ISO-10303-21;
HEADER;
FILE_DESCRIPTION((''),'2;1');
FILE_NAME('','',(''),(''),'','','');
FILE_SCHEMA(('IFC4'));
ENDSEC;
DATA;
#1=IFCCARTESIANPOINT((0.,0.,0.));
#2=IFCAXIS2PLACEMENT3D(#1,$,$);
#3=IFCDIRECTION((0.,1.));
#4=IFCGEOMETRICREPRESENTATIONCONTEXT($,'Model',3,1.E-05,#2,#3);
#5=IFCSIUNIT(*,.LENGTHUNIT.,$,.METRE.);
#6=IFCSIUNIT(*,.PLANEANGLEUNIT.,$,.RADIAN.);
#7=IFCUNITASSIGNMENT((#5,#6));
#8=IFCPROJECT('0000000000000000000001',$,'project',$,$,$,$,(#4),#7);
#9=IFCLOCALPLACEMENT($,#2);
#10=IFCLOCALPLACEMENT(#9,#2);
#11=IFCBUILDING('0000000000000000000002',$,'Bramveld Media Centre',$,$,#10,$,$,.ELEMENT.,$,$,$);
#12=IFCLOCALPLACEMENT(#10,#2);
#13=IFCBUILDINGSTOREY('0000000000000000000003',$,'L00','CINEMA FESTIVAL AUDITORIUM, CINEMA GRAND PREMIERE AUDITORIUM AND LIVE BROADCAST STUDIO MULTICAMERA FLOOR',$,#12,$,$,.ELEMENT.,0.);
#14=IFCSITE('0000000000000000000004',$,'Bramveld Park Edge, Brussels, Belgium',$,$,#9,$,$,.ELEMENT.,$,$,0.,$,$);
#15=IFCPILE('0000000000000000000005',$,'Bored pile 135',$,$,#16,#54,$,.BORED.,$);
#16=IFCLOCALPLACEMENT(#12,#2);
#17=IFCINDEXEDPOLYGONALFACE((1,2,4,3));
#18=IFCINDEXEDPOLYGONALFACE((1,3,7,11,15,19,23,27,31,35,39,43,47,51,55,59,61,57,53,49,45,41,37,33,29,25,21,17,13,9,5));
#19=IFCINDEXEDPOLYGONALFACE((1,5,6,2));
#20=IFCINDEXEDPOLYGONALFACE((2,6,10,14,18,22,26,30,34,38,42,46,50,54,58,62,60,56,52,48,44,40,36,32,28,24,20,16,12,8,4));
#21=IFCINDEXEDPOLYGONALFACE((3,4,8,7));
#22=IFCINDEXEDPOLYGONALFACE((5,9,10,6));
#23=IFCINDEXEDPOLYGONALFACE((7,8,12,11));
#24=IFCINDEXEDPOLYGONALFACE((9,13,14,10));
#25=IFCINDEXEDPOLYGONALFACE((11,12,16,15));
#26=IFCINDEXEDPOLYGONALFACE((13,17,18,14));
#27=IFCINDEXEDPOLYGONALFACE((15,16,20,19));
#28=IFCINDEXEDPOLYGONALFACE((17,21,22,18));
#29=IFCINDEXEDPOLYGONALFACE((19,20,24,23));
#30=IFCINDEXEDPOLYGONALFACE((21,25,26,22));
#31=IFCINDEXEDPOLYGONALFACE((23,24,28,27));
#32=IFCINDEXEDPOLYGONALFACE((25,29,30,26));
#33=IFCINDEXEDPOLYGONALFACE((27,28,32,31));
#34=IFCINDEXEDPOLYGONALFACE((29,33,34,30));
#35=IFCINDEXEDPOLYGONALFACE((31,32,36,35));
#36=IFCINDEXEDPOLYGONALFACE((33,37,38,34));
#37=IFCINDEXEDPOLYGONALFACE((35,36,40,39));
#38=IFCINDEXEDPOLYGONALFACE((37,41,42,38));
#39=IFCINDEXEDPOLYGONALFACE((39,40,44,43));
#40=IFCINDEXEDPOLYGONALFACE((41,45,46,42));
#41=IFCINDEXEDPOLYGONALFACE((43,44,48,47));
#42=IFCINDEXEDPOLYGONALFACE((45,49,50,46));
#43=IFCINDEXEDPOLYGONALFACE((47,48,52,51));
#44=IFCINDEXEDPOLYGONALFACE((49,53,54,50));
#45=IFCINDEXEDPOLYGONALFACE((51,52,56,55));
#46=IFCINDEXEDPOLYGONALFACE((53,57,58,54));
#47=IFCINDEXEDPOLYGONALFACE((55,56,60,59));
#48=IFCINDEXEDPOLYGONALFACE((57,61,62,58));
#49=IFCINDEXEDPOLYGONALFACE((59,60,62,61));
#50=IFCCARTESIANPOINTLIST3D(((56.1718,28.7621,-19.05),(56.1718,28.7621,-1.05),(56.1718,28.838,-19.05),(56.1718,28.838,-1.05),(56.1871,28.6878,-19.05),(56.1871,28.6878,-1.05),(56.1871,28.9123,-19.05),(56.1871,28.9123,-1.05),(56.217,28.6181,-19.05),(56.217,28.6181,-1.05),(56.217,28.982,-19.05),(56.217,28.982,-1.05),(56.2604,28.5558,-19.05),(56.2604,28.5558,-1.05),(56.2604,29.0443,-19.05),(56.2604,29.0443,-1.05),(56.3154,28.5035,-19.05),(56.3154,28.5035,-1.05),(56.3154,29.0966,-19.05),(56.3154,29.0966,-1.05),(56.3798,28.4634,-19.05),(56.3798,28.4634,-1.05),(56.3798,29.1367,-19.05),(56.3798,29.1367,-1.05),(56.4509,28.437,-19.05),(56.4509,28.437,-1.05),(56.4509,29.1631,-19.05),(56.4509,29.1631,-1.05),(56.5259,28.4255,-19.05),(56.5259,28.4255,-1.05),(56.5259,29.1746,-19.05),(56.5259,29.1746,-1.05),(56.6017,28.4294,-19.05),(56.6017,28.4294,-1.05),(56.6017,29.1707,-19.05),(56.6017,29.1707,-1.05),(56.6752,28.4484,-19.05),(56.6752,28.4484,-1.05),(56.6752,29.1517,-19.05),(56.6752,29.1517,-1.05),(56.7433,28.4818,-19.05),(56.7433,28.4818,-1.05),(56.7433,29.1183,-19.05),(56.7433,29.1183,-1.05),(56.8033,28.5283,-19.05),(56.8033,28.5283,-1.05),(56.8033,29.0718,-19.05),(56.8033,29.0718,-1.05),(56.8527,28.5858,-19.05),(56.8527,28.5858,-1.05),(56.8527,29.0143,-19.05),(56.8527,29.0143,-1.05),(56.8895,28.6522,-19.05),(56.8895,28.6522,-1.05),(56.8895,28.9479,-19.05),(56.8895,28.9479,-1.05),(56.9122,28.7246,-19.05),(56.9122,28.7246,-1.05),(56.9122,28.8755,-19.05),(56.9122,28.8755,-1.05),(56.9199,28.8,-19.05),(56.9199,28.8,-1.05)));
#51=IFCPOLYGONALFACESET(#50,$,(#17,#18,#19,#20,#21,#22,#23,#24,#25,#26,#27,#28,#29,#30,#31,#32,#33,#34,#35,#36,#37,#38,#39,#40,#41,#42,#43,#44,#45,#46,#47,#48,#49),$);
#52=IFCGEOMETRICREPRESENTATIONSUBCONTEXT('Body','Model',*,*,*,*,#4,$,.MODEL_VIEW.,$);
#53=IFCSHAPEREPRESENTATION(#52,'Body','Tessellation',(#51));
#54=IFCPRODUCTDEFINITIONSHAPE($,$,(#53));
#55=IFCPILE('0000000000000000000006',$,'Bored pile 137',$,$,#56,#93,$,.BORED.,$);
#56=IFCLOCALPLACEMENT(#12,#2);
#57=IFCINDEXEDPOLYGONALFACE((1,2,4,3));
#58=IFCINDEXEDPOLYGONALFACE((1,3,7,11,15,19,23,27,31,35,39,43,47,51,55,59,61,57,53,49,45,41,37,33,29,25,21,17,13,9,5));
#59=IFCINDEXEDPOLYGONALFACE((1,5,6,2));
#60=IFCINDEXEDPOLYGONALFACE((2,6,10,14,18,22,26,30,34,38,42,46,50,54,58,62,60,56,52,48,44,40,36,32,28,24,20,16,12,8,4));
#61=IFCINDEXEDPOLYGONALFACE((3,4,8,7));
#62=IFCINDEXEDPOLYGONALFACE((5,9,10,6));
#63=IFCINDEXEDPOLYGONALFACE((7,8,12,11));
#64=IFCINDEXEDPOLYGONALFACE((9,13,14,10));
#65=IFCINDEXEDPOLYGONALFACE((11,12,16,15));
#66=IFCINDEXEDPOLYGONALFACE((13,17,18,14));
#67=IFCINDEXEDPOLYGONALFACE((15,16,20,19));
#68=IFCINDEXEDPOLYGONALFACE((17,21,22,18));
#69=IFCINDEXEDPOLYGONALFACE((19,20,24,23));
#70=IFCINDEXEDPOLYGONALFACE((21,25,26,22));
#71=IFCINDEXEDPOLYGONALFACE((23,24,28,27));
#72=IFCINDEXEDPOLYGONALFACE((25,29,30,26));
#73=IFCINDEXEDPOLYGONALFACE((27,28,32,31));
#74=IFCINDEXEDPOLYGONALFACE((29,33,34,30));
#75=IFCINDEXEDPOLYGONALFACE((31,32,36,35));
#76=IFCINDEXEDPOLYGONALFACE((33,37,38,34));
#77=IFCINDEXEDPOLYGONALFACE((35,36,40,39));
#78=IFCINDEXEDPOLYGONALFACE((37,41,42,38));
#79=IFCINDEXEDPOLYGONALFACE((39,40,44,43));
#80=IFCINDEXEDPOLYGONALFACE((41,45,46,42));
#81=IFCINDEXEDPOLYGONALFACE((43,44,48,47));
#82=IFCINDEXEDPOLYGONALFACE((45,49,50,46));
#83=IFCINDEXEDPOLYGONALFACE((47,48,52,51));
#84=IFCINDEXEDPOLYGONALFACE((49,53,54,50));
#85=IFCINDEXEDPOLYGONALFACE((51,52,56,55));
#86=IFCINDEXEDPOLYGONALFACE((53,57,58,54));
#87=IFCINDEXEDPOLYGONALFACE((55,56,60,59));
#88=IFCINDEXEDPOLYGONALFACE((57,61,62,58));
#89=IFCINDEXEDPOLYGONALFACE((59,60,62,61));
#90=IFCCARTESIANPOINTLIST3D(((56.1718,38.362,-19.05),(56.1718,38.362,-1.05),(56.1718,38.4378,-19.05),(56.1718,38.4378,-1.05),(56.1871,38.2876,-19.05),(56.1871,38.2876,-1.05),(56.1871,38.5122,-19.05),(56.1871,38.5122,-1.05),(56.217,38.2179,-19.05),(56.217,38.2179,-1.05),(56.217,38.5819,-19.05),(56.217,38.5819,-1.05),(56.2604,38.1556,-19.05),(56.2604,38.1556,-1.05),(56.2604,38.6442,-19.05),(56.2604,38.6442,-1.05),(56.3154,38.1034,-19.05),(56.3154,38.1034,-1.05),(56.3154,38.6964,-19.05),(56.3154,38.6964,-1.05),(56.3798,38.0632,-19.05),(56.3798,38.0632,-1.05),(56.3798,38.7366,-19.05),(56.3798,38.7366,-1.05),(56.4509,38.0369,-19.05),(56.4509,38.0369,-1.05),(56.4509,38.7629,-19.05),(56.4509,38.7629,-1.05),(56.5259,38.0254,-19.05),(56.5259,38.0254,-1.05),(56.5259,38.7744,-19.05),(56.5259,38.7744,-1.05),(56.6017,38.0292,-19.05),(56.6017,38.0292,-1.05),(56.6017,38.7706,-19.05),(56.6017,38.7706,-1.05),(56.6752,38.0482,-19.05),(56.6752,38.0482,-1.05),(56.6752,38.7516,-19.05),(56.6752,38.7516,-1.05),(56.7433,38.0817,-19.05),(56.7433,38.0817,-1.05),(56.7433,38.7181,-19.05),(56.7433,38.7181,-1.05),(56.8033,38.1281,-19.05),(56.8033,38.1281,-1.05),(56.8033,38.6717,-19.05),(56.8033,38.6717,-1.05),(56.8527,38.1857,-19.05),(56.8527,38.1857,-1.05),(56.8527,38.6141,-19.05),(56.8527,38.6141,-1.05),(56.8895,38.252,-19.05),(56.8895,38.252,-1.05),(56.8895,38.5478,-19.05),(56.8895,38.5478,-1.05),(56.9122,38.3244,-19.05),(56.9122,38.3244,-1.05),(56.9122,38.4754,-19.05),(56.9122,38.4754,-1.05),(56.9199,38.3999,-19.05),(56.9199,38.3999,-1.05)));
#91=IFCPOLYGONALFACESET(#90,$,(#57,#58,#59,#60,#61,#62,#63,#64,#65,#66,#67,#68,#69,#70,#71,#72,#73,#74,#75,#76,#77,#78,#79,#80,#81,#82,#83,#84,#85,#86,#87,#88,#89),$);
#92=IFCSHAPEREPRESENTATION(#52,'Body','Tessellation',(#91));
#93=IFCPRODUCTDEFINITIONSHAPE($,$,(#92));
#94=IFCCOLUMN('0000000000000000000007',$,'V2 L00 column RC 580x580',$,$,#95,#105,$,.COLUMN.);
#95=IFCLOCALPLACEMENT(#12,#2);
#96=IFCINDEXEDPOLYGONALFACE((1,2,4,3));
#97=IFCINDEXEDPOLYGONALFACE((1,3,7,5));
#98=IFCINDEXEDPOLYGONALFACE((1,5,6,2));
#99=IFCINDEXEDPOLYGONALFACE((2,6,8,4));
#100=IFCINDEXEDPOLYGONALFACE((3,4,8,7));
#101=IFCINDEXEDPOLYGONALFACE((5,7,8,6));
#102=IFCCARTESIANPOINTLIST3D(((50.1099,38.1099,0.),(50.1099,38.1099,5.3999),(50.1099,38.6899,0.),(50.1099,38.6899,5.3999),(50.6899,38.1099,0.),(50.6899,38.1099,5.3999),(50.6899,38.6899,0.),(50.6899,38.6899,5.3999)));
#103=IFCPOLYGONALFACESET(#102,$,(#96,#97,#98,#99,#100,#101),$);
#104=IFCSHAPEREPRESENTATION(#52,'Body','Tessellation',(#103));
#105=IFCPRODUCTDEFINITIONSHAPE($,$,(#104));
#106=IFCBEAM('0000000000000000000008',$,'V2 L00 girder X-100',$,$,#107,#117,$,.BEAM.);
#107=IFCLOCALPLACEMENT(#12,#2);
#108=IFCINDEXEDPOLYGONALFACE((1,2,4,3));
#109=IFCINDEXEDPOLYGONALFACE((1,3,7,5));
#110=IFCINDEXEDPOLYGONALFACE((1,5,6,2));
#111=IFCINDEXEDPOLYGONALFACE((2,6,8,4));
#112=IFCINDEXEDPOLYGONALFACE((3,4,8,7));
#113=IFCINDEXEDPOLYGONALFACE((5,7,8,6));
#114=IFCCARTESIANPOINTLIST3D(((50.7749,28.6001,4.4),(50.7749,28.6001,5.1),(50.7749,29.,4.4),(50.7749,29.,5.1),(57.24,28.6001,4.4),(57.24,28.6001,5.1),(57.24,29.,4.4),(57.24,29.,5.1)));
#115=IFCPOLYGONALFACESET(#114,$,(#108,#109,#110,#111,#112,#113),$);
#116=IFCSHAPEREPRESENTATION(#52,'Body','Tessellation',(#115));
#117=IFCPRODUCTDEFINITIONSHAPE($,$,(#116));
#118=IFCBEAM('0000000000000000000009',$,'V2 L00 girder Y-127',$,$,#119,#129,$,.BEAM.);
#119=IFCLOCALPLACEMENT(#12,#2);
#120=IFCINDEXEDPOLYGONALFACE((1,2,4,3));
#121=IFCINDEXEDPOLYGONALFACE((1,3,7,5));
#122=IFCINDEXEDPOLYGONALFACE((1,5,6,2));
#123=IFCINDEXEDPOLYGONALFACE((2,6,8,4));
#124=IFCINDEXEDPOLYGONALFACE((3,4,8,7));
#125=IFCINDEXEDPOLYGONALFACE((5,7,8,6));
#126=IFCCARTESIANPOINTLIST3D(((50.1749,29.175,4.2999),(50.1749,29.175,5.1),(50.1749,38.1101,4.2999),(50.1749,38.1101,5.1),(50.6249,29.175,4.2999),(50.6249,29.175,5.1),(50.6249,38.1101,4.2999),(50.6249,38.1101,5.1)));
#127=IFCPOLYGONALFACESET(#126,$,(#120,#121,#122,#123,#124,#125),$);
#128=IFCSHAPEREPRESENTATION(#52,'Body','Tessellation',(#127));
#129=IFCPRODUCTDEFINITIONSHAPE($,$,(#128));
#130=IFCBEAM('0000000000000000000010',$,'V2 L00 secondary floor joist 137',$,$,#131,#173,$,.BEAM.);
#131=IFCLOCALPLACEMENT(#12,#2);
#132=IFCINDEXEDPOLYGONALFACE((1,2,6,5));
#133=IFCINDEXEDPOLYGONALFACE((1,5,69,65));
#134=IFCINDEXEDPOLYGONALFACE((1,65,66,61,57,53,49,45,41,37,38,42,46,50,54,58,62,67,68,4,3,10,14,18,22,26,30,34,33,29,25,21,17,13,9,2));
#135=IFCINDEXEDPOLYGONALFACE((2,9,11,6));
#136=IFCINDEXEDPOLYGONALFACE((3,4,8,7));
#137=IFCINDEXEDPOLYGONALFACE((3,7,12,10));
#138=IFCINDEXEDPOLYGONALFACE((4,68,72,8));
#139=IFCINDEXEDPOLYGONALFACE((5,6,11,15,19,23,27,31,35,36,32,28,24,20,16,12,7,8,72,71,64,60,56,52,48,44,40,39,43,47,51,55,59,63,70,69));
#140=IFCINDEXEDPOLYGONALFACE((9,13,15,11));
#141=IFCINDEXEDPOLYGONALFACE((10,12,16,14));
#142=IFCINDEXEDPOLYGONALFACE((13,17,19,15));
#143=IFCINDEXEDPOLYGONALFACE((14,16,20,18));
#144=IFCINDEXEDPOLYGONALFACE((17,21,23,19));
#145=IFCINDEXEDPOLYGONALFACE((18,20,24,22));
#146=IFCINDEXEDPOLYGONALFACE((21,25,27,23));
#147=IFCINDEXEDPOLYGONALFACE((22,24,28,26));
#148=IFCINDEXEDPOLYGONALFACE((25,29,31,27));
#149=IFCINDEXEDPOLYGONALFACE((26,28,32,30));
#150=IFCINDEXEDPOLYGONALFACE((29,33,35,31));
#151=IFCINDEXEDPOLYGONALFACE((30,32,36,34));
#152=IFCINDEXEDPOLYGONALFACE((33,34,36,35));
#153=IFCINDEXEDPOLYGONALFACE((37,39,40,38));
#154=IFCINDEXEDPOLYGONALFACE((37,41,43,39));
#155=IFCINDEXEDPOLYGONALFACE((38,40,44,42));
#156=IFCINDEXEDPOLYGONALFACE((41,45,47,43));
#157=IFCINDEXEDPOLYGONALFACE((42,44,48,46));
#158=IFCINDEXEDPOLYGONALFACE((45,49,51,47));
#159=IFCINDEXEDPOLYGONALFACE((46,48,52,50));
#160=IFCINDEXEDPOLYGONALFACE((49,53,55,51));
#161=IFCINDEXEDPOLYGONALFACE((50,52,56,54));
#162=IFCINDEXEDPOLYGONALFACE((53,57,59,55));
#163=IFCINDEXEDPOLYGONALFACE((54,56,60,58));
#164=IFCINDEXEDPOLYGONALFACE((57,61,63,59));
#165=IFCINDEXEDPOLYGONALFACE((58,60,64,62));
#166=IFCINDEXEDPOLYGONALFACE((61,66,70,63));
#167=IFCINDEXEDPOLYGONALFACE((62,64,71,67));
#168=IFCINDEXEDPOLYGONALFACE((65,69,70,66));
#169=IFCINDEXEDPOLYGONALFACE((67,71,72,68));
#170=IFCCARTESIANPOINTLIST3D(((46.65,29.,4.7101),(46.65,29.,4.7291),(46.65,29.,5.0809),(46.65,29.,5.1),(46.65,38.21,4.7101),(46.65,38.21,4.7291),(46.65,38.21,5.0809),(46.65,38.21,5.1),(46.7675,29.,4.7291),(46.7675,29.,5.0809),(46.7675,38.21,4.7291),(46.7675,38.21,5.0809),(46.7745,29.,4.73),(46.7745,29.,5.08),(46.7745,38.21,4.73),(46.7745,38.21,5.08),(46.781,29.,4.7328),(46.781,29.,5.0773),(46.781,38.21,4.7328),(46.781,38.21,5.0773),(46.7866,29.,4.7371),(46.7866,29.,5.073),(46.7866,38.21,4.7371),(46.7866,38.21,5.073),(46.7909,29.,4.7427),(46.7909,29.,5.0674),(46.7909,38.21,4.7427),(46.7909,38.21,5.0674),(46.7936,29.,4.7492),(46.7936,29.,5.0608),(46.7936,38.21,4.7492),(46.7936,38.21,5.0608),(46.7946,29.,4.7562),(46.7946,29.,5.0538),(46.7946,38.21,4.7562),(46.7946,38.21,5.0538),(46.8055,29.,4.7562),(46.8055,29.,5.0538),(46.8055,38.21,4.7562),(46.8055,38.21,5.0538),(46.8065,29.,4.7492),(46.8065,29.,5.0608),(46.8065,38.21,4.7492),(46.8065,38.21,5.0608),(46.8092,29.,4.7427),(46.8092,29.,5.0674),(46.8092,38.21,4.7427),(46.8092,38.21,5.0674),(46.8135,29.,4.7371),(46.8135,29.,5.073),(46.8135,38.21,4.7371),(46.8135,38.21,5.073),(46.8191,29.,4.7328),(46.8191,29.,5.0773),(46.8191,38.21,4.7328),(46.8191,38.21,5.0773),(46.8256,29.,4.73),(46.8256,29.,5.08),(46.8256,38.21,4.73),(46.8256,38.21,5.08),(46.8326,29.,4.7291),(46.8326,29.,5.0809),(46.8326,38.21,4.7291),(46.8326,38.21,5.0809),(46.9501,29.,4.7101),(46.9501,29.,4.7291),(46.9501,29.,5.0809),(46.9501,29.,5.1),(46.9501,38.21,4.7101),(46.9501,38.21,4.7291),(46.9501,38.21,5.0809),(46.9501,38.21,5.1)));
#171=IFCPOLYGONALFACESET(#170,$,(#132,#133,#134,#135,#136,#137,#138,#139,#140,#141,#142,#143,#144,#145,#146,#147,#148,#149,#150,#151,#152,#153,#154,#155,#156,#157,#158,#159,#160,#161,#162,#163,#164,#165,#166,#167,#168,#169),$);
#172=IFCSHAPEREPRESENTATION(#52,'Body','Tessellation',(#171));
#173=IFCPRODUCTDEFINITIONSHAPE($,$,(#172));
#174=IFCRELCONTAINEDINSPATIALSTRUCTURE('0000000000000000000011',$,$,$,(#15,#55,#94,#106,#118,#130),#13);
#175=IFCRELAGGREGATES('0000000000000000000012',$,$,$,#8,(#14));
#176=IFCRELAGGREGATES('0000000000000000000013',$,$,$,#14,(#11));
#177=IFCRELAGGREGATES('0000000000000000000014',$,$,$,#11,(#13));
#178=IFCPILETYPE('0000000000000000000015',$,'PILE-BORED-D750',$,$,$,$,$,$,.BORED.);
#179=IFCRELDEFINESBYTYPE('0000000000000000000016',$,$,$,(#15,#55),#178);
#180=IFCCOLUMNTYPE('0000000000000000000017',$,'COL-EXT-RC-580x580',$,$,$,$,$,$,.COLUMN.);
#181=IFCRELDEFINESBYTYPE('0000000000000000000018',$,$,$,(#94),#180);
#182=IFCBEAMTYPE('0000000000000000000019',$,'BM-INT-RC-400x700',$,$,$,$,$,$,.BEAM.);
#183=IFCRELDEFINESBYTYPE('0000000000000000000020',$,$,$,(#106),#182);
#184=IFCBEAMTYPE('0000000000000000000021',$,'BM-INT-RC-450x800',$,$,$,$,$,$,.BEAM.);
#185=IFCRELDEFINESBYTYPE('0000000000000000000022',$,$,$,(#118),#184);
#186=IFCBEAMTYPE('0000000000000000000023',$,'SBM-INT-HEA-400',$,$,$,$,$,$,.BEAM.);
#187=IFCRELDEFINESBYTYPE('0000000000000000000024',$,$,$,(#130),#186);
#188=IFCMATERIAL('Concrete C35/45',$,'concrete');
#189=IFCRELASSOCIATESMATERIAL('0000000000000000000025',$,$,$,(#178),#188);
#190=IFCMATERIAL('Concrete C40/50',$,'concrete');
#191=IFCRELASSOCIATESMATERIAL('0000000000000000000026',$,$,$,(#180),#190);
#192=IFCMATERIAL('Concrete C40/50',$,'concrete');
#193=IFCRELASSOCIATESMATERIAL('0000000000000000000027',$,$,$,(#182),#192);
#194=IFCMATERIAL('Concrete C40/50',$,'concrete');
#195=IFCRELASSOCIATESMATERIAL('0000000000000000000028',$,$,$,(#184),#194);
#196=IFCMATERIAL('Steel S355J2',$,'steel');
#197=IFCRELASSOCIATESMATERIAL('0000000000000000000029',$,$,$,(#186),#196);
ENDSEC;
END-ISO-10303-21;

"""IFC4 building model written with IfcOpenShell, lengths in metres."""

from ifc_helpers import new_model, si_unit, direction, frame, origin, origin_2d, place, context, subcontext, project, spatial, rectangle, circle, i_section, extrude, material, material_profile, profile_set, type_object, element, save


model = new_model("IFC4")

# Units and contexts
model_context = context("Model", 3, precision=1e-05, world=origin(), true_north=direction((0.0, 1.0)))
body_context = subcontext(model_context, "Body", "Model", "MODEL_VIEW")
ifc_project = project(units=[si_unit("LENGTHUNIT", "METRE"), si_unit("PLANEANGLEUNIT", "RADIAN")], contexts=[model_context])

# Site, building, storey
site_placement = place(None, origin())
site = spatial("IfcSite", under=ifc_project, at=site_placement, Name="Bramveld Park Edge, Brussels, Belgium", CompositionType="ELEMENT", RefElevation=0.0)
building_placement = place(site_placement, origin())
building = spatial("IfcBuilding", under=site, at=building_placement, Name="Bramveld Media Centre", CompositionType="ELEMENT")
storey_placement = place(building_placement, origin())
storey = spatial("IfcBuildingStorey", under=building, at=storey_placement, Name="L00", Description="CINEMA FESTIVAL AUDITORIUM, CINEMA GRAND PREMIERE AUDITORIUM AND LIVE BROADCAST STUDIO MULTICAMERA FLOOR", CompositionType="ELEMENT", Elevation=0.0)

# Piles
ifc_material_1 = material(Name="Concrete C35/45", Category="concrete")
ifc_material_profile_1 = material_profile(ifc_material_1, circle(Radius=0.375, at=origin_2d()), Name="BORED D750")
ifc_profile_set_1 = profile_set([ifc_material_profile_1], Name="Concrete C35/45")
pile_type = type_object("IfcPileType", Name="PILE-BORED-D750", PredefinedType="BORED", material=ifc_profile_set_1)
for number, where, z_axis, x_axis, name in (
    (1, (56.5449, 28.8, -1.05), (0.0, 0.0, -1.0), (1.0, 0.0, 0.0), "Bored pile 135"),
    (2, (56.5449, 38.3999, -1.05), (0.0, 0.0, -1.0), (1.0, 0.0, 0.0), "Bored pile 137"),
):
    element("IfcPile", number, at=place(storey_placement, frame(where, z_axis=z_axis, x_axis=x_axis)), inside=storey, type_object=pile_type, Name=name, PredefinedType="BORED", context=body_context, shape_type="SweptSolid", body=[
        extrude(circle(Radius=0.375, at=origin_2d()), origin(), (0.0, 0.0, 1.0), 18.0),
    ])

# Column
ifc_material_2 = material(Name="Concrete C40/50", Category="concrete")
ifc_material_profile_2 = material_profile(ifc_material_2, rectangle(XDim=0.5801, YDim=0.5801, at=origin_2d()), Name="RC 580x580")
ifc_profile_set_2 = profile_set([ifc_material_profile_2], Name="Concrete C40/50")
column_type = type_object("IfcColumnType", Name="COL-EXT-RC-580x580", PredefinedType="COLUMN", material=ifc_profile_set_2)
column_placement = place(storey_placement, frame((50.3999, 38.3999, 0.0), z_axis=(0.0, 0.0, 1.0), x_axis=(1.0, 0.0, 0.0)))
element("IfcColumn", 3, at=column_placement, inside=storey, type_object=column_type, Name="V2 L00 column RC 580x580", PredefinedType="COLUMN", context=body_context, shape_type="SweptSolid", body=[
    extrude(rectangle(XDim=0.5801, YDim=0.5801, at=origin_2d()), origin(), (0.0, 0.0, 1.0), 5.3999),
])

# Beams
ifc_material_3 = material(Name="Concrete C40/50", Category="concrete")
ifc_material_profile_3 = material_profile(ifc_material_3, rectangle(XDim=0.3999, YDim=0.7, at=origin_2d()), Name="RC 400x700")
ifc_profile_set_3 = profile_set([ifc_material_profile_3], Name="Concrete C40/50")
beam_type_1 = type_object("IfcBeamType", Name="BM-INT-RC-400x700", PredefinedType="BEAM", material=ifc_profile_set_3)
beam_1_placement = place(storey_placement, frame((50.7749, 28.8, 4.75), z_axis=(1.0, 0.0, 0.0), x_axis=(0.0, 1.0, 0.0)))
element("IfcBeam", 4, at=beam_1_placement, inside=storey, type_object=beam_type_1, Name="V2 L00 girder X-100", PredefinedType="BEAM", context=body_context, shape_type="SweptSolid", body=[
    extrude(rectangle(XDim=0.3999, YDim=0.7, at=origin_2d()), origin(), (0.0, 0.0, 1.0), 6.4651),
])
ifc_material_4 = material(Name="Concrete C40/50", Category="concrete")
ifc_material_profile_4 = material_profile(ifc_material_4, rectangle(XDim=0.45, YDim=0.8, at=origin_2d()), Name="RC 450x800")
ifc_profile_set_4 = profile_set([ifc_material_profile_4], Name="Concrete C40/50")
beam_type_2 = type_object("IfcBeamType", Name="BM-INT-RC-450x800", PredefinedType="BEAM", material=ifc_profile_set_4)
beam_2_placement = place(storey_placement, frame((50.3999, 29.175, 4.7), z_axis=(0.0, 1.0, 0.0), x_axis=(-1.0, 0.0, 0.0)))
element("IfcBeam", 5, at=beam_2_placement, inside=storey, type_object=beam_type_2, Name="V2 L00 girder Y-127", PredefinedType="BEAM", context=body_context, shape_type="SweptSolid", body=[
    extrude(rectangle(XDim=0.45, YDim=0.8, at=origin_2d()), origin(), (0.0, 0.0, 1.0), 8.9351),
])
ifc_material_5 = material(Name="Steel S355J2", Category="steel")
ifc_material_profile_5 = material_profile(ifc_material_5, i_section(OverallWidth=0.3, OverallDepth=0.3899, WebThickness=0.011, FlangeThickness=0.019, FilletRadius=0.0271, at=origin_2d()), Name="HEA 400")
ifc_profile_set_5 = profile_set([ifc_material_profile_5], Name="Steel S355J2")
beam_type_3 = type_object("IfcBeamType", Name="SBM-INT-HEA-400", PredefinedType="BEAM", material=ifc_profile_set_5)
beam_3_placement = place(storey_placement, frame((46.8, 29.0, 4.905), z_axis=(0.0, 1.0, 0.0), x_axis=(-1.0, 0.0, 0.0)))
element("IfcBeam", 6, at=beam_3_placement, inside=storey, type_object=beam_type_3, Name="V2 L00 secondary floor joist 137", PredefinedType="BEAM", context=body_context, shape_type="SweptSolid", body=[
    extrude(i_section(OverallWidth=0.3, OverallDepth=0.3899, WebThickness=0.011, FlangeThickness=0.019, FilletRadius=0.0271, at=origin_2d()), origin(), (0.0, 0.0, 1.0), 9.21),
])

save(model, "model.ifc")
